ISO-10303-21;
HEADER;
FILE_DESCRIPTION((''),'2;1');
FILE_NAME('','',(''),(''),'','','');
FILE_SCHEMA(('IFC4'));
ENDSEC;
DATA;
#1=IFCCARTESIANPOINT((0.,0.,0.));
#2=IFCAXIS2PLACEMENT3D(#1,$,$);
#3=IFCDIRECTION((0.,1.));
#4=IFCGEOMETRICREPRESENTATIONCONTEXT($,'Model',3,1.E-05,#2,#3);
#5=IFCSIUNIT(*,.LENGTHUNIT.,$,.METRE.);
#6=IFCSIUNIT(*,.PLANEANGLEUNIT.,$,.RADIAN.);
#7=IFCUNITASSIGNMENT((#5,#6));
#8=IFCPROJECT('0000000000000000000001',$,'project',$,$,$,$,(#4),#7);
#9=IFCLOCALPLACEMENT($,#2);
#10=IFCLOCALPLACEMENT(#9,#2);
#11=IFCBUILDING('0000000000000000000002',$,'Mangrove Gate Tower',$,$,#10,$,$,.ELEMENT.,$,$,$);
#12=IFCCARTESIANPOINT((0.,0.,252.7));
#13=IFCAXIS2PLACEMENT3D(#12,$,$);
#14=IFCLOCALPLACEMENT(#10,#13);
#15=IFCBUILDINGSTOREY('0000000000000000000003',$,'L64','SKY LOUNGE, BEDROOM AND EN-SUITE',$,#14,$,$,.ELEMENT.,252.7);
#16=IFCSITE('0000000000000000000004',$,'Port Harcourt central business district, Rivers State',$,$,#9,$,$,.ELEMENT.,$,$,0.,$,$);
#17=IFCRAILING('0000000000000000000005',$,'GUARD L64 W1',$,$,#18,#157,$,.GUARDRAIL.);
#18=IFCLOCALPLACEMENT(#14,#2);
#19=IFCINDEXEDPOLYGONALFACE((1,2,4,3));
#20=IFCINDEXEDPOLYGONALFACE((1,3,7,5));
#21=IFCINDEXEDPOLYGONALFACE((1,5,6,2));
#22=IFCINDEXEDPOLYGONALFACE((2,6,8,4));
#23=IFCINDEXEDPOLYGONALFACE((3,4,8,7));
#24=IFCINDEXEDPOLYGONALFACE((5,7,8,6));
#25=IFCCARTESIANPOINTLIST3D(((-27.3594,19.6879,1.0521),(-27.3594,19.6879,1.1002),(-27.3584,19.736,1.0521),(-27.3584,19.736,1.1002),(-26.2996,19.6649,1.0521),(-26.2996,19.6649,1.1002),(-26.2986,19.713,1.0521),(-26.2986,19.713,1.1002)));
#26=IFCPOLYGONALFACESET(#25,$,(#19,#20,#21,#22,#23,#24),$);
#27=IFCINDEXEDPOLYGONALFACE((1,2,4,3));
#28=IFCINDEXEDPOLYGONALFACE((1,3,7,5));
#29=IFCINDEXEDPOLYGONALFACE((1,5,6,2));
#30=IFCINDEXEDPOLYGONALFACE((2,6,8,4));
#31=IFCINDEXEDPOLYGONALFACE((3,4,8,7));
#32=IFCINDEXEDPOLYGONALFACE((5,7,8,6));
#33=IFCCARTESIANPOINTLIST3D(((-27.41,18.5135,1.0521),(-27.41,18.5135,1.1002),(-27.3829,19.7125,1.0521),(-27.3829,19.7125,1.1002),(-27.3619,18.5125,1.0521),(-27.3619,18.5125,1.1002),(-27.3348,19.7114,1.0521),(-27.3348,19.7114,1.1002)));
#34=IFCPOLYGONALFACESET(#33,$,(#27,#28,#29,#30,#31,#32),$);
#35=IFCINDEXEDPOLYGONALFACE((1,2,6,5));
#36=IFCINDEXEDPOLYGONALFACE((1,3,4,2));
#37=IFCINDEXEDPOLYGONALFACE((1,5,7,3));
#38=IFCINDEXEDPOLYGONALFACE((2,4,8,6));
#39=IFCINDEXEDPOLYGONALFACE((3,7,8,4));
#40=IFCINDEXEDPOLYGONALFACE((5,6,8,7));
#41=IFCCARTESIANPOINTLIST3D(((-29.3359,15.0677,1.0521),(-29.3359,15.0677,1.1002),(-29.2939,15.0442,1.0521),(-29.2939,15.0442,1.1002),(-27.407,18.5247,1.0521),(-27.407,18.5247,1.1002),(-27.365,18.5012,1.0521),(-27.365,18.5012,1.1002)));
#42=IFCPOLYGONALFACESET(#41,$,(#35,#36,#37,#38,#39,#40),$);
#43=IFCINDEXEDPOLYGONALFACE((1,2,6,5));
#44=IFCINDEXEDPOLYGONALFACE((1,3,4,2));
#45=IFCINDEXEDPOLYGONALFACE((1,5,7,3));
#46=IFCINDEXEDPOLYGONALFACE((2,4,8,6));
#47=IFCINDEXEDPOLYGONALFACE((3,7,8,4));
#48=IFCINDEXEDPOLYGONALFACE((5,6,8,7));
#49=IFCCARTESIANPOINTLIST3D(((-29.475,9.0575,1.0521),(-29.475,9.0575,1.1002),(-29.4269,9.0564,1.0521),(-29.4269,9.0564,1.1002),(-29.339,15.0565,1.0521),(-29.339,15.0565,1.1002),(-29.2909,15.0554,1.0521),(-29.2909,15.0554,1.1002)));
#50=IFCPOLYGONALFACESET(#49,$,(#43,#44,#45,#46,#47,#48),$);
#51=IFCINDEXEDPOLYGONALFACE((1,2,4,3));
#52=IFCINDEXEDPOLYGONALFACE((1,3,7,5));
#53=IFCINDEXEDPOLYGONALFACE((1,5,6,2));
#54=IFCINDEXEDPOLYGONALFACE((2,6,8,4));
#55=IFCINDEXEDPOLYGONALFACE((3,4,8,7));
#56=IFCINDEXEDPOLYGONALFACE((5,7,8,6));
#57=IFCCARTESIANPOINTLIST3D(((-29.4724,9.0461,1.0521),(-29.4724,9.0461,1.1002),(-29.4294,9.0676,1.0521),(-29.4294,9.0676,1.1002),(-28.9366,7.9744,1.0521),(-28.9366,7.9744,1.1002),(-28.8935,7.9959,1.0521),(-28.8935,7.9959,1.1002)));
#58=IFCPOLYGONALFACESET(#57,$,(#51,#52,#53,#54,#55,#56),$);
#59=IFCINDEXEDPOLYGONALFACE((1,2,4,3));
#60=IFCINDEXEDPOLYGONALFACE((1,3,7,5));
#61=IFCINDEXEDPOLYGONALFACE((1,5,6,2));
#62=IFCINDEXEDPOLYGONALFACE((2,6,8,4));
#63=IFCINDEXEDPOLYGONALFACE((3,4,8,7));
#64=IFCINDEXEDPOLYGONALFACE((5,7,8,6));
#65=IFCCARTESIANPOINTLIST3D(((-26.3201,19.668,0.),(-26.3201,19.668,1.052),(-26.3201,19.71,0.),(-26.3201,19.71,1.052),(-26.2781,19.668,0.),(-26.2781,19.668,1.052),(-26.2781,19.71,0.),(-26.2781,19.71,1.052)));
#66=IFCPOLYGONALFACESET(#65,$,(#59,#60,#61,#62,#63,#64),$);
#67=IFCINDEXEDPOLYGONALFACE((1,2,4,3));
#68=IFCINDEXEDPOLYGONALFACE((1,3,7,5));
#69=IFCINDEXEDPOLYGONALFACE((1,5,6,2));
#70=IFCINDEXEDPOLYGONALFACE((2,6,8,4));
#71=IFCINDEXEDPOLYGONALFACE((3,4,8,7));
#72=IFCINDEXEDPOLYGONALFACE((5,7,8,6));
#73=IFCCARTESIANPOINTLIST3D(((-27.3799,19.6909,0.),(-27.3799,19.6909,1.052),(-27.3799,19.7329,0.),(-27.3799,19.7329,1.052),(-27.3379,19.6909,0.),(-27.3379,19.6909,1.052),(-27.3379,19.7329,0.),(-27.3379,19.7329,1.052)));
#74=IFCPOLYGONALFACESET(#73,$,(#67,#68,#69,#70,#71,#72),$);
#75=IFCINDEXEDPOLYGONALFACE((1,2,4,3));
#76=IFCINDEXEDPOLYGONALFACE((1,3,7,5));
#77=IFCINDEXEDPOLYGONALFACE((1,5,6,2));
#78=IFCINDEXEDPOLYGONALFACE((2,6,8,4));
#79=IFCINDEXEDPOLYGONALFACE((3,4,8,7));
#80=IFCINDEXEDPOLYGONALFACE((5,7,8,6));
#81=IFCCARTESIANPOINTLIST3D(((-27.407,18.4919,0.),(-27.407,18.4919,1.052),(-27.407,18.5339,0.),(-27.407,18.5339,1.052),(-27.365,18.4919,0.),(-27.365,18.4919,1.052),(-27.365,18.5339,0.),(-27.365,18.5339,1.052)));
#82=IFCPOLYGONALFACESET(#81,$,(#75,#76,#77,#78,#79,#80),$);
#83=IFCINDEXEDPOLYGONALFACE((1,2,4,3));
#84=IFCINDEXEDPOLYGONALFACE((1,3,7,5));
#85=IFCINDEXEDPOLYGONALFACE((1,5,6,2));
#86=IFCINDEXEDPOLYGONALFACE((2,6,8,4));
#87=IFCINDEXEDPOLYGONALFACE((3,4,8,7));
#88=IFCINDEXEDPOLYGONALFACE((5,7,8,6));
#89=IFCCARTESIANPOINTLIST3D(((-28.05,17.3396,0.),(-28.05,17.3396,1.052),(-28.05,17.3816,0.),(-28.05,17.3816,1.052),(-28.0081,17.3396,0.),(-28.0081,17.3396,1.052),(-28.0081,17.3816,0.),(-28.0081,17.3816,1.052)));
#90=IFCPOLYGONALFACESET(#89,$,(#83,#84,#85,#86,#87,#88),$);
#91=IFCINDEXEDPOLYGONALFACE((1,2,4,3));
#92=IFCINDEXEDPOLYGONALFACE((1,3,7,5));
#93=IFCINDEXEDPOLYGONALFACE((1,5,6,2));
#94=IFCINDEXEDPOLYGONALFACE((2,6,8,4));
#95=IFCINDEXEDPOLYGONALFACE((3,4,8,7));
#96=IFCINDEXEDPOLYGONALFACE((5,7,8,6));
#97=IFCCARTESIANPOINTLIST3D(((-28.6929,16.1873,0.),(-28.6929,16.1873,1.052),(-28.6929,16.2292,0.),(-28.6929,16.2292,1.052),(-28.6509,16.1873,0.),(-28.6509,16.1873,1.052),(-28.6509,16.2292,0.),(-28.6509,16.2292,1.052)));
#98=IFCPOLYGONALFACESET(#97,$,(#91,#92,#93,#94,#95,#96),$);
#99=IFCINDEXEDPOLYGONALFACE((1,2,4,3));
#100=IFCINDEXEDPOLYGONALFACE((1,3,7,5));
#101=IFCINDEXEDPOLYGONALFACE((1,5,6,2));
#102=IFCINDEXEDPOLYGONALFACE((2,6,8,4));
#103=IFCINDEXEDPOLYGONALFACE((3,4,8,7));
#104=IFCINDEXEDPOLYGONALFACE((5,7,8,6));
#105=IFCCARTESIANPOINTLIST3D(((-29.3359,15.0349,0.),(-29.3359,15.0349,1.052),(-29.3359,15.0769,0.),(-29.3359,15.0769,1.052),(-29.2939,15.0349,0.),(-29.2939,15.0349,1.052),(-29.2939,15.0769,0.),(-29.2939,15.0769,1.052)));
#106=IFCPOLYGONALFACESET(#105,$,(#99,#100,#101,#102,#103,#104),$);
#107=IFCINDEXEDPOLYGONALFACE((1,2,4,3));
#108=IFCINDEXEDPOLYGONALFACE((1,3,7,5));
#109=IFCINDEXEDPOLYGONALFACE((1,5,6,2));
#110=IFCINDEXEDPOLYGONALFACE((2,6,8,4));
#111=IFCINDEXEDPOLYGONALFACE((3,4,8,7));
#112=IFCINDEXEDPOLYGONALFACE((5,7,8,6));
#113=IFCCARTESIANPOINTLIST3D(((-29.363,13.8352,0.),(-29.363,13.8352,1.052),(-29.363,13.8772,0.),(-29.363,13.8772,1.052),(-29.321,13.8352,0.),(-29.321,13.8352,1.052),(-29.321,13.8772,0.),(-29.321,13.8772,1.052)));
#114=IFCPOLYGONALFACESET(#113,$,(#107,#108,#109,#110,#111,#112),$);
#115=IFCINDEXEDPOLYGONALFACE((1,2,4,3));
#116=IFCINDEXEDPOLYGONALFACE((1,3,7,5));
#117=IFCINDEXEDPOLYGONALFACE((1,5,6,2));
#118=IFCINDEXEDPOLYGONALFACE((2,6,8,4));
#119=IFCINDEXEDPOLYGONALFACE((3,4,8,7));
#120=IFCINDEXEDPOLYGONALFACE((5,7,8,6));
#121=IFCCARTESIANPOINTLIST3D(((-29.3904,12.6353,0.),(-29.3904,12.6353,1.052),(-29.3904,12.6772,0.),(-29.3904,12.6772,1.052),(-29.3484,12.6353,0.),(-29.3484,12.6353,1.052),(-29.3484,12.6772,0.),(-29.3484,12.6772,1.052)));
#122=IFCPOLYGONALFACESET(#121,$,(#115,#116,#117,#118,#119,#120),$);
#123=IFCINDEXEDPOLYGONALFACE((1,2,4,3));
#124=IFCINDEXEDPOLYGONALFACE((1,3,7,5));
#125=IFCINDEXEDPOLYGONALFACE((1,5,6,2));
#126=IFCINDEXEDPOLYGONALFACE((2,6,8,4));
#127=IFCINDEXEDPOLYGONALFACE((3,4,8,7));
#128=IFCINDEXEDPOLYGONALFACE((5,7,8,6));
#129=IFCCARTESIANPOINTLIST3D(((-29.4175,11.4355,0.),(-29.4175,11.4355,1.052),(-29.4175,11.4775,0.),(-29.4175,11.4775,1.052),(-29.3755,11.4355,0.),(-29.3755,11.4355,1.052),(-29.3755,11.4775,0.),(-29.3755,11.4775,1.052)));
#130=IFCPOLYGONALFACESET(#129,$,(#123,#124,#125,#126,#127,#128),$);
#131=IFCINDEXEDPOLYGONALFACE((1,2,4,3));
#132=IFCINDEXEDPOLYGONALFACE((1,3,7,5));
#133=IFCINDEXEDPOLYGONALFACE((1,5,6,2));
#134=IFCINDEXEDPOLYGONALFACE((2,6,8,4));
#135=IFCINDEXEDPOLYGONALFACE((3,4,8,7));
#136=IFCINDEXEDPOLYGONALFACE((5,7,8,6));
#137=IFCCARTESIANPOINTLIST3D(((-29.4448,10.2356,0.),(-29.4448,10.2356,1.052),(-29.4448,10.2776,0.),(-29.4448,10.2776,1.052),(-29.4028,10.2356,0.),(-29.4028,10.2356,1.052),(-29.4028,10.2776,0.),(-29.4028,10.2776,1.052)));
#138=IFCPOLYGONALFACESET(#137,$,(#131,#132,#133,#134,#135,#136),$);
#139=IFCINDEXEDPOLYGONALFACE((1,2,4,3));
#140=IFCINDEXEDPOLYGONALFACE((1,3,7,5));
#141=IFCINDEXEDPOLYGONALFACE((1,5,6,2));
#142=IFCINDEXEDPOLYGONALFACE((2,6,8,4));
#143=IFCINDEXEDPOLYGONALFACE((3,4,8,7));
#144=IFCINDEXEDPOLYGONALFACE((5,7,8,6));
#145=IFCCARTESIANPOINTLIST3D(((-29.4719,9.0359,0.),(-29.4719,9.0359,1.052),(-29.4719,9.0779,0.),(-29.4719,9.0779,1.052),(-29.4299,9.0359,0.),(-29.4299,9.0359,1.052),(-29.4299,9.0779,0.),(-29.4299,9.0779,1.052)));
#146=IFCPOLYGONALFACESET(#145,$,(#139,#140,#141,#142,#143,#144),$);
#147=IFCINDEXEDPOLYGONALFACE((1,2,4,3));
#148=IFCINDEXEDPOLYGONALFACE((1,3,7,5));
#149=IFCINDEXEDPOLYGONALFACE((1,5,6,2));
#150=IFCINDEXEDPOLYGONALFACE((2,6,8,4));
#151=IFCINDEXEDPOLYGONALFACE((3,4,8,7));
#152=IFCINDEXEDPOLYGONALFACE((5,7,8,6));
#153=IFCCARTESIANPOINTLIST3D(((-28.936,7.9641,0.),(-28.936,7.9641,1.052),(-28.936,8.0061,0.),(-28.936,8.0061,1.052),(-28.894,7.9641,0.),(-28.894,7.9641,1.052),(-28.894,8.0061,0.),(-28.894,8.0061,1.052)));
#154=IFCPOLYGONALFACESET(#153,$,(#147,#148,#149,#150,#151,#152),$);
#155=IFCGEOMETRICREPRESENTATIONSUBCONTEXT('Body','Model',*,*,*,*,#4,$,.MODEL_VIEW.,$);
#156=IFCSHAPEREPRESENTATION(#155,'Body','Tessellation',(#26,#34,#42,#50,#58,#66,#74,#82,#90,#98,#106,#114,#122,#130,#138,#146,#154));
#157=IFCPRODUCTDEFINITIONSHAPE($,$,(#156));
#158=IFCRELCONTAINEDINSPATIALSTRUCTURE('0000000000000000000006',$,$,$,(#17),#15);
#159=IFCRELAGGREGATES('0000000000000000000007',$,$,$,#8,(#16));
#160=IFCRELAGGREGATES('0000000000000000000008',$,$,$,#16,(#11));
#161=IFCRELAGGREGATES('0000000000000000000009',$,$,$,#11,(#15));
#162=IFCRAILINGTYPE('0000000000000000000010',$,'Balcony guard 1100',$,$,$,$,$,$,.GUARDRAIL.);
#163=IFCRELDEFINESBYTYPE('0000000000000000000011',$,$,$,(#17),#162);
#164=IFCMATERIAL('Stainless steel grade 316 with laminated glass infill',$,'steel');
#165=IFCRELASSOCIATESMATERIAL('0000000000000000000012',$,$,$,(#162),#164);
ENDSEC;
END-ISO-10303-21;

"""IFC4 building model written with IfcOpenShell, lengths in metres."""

from ifc_helpers import new_model, si_unit, direction, frame, origin, origin_2d, place, context, subcontext, project, spatial, rectangle, extrude, material, type_object, element, save


model = new_model("IFC4")

# Units and contexts
model_context = context("Model", 3, precision=1e-05, world=origin(), true_north=direction((0.0, 1.0)))
body_context = subcontext(model_context, "Body", "Model", "MODEL_VIEW")
ifc_project = project(units=[si_unit("LENGTHUNIT", "METRE"), si_unit("PLANEANGLEUNIT", "RADIAN")], contexts=[model_context])

# Site, building, storey
site_placement = place(None, origin())
site = spatial("IfcSite", under=ifc_project, at=site_placement, Name="Port Harcourt central business district, Rivers State", CompositionType="ELEMENT", RefElevation=0.0)
building_placement = place(site_placement, origin())
building = spatial("IfcBuilding", under=site, at=building_placement, Name="Mangrove Gate Tower", CompositionType="ELEMENT")
storey_placement = place(building_placement, frame((0.0, 0.0, 252.7)))
storey = spatial("IfcBuildingStorey", under=building, at=storey_placement, Name="L64", Description="SKY LOUNGE, BEDROOM AND EN-SUITE", CompositionType="ELEMENT", Elevation=252.7)

# Railing
ifc_material_1 = material(Name="Stainless steel grade 316 with laminated glass infill", Category="steel")
railing_type = type_object("IfcRailingType", Name="Balcony guard 1100", PredefinedType="GUARDRAIL", material=ifc_material_1)
railing_1_placement = place(storey_placement, frame((-26.2991, 19.689, 0.0)))
element("IfcRailing", 1, at=railing_1_placement, inside=storey, type_object=railing_type, Name="GUARD L64 W1", PredefinedType="GUARDRAIL", context=body_context, shape_type="SweptSolid", body=[
    extrude(rectangle(XDim=0.0481, YDim=0.0481, at=origin_2d()), frame((0.0, 0.0, 1.0762), z_axis=(-0.999766, 0.021649, 0.0), x_axis=(-0.021649, -0.999766, 0.0)), (0.0, 0.0, 1.0), 1.0601),
    extrude(rectangle(XDim=0.0481, YDim=0.0481, at=origin_2d()), frame((-1.0598, 0.0229, 1.0762), z_axis=(-0.022597, -0.999745, 0.0), x_axis=(0.999745, -0.022597, 0.0)), (0.0, 0.0, 1.0), 1.1992),
    extrude(rectangle(XDim=0.0481, YDim=0.0481, at=origin_2d()), frame((-1.0869, -1.176, 1.0762), z_axis=(-0.48726, -0.873257, 0.0), x_axis=(0.873257, -0.48726, 0.0)), (0.0, 0.0, 1.0), 3.9587),
    extrude(rectangle(XDim=0.0481, YDim=0.0481, at=origin_2d()), frame((-3.0159, -4.6331, 1.0762), z_axis=(-0.022662, -0.999743, 0.0), x_axis=(0.999743, -0.022662, 0.0)), (0.0, 0.0, 1.0), 6.0005),
    extrude(rectangle(XDim=0.0481, YDim=0.0481, at=origin_2d()), frame((-3.1519, -10.6321, 1.0762), z_axis=(0.447214, -0.894427, 0.0), x_axis=(0.894427, 0.447214, 0.0)), (0.0, 0.0, 1.0), 1.1982),
    extrude(rectangle(XDim=0.042, YDim=0.042, at=origin_2d()), origin(), (0.0, 0.0, 1.0), 1.052),
    extrude(rectangle(XDim=0.042, YDim=0.042, at=origin_2d()), frame((-1.0598, 0.0229, 0.0)), (0.0, 0.0, 1.0), 1.052),
    extrude(rectangle(XDim=0.042, YDim=0.042, at=origin_2d()), frame((-1.0869, -1.176, 0.0)), (0.0, 0.0, 1.0), 1.052),
    extrude(rectangle(XDim=0.042, YDim=0.042, at=origin_2d()), frame((-1.73, -2.3284, 0.0)), (0.0, 0.0, 1.0), 1.052),
    extrude(rectangle(XDim=0.042, YDim=0.042, at=origin_2d()), frame((-2.3728, -3.4807, 0.0)), (0.0, 0.0, 1.0), 1.052),
    extrude(rectangle(XDim=0.042, YDim=0.042, at=origin_2d()), frame((-3.0159, -4.6331, 0.0)), (0.0, 0.0, 1.0), 1.052),
    extrude(rectangle(XDim=0.042, YDim=0.042, at=origin_2d()), frame((-3.043, -5.8328, 0.0)), (0.0, 0.0, 1.0), 1.052),
    extrude(rectangle(XDim=0.042, YDim=0.042, at=origin_2d()), frame((-3.0703, -7.0327, 0.0)), (0.0, 0.0, 1.0), 1.052),
    extrude(rectangle(XDim=0.042, YDim=0.042, at=origin_2d()), frame((-3.0974, -8.2324, 0.0)), (0.0, 0.0, 1.0), 1.052),
    extrude(rectangle(XDim=0.042, YDim=0.042, at=origin_2d()), frame((-3.1248, -9.4324, 0.0)), (0.0, 0.0, 1.0), 1.052),
    extrude(rectangle(XDim=0.042, YDim=0.042, at=origin_2d()), frame((-3.1519, -10.6321, 0.0)), (0.0, 0.0, 1.0), 1.052),
    extrude(rectangle(XDim=0.042, YDim=0.042, at=origin_2d()), frame((-2.616, -11.7039, 0.0)), (0.0, 0.0, 1.0), 1.052),
])

save(model, "model.ifc")
